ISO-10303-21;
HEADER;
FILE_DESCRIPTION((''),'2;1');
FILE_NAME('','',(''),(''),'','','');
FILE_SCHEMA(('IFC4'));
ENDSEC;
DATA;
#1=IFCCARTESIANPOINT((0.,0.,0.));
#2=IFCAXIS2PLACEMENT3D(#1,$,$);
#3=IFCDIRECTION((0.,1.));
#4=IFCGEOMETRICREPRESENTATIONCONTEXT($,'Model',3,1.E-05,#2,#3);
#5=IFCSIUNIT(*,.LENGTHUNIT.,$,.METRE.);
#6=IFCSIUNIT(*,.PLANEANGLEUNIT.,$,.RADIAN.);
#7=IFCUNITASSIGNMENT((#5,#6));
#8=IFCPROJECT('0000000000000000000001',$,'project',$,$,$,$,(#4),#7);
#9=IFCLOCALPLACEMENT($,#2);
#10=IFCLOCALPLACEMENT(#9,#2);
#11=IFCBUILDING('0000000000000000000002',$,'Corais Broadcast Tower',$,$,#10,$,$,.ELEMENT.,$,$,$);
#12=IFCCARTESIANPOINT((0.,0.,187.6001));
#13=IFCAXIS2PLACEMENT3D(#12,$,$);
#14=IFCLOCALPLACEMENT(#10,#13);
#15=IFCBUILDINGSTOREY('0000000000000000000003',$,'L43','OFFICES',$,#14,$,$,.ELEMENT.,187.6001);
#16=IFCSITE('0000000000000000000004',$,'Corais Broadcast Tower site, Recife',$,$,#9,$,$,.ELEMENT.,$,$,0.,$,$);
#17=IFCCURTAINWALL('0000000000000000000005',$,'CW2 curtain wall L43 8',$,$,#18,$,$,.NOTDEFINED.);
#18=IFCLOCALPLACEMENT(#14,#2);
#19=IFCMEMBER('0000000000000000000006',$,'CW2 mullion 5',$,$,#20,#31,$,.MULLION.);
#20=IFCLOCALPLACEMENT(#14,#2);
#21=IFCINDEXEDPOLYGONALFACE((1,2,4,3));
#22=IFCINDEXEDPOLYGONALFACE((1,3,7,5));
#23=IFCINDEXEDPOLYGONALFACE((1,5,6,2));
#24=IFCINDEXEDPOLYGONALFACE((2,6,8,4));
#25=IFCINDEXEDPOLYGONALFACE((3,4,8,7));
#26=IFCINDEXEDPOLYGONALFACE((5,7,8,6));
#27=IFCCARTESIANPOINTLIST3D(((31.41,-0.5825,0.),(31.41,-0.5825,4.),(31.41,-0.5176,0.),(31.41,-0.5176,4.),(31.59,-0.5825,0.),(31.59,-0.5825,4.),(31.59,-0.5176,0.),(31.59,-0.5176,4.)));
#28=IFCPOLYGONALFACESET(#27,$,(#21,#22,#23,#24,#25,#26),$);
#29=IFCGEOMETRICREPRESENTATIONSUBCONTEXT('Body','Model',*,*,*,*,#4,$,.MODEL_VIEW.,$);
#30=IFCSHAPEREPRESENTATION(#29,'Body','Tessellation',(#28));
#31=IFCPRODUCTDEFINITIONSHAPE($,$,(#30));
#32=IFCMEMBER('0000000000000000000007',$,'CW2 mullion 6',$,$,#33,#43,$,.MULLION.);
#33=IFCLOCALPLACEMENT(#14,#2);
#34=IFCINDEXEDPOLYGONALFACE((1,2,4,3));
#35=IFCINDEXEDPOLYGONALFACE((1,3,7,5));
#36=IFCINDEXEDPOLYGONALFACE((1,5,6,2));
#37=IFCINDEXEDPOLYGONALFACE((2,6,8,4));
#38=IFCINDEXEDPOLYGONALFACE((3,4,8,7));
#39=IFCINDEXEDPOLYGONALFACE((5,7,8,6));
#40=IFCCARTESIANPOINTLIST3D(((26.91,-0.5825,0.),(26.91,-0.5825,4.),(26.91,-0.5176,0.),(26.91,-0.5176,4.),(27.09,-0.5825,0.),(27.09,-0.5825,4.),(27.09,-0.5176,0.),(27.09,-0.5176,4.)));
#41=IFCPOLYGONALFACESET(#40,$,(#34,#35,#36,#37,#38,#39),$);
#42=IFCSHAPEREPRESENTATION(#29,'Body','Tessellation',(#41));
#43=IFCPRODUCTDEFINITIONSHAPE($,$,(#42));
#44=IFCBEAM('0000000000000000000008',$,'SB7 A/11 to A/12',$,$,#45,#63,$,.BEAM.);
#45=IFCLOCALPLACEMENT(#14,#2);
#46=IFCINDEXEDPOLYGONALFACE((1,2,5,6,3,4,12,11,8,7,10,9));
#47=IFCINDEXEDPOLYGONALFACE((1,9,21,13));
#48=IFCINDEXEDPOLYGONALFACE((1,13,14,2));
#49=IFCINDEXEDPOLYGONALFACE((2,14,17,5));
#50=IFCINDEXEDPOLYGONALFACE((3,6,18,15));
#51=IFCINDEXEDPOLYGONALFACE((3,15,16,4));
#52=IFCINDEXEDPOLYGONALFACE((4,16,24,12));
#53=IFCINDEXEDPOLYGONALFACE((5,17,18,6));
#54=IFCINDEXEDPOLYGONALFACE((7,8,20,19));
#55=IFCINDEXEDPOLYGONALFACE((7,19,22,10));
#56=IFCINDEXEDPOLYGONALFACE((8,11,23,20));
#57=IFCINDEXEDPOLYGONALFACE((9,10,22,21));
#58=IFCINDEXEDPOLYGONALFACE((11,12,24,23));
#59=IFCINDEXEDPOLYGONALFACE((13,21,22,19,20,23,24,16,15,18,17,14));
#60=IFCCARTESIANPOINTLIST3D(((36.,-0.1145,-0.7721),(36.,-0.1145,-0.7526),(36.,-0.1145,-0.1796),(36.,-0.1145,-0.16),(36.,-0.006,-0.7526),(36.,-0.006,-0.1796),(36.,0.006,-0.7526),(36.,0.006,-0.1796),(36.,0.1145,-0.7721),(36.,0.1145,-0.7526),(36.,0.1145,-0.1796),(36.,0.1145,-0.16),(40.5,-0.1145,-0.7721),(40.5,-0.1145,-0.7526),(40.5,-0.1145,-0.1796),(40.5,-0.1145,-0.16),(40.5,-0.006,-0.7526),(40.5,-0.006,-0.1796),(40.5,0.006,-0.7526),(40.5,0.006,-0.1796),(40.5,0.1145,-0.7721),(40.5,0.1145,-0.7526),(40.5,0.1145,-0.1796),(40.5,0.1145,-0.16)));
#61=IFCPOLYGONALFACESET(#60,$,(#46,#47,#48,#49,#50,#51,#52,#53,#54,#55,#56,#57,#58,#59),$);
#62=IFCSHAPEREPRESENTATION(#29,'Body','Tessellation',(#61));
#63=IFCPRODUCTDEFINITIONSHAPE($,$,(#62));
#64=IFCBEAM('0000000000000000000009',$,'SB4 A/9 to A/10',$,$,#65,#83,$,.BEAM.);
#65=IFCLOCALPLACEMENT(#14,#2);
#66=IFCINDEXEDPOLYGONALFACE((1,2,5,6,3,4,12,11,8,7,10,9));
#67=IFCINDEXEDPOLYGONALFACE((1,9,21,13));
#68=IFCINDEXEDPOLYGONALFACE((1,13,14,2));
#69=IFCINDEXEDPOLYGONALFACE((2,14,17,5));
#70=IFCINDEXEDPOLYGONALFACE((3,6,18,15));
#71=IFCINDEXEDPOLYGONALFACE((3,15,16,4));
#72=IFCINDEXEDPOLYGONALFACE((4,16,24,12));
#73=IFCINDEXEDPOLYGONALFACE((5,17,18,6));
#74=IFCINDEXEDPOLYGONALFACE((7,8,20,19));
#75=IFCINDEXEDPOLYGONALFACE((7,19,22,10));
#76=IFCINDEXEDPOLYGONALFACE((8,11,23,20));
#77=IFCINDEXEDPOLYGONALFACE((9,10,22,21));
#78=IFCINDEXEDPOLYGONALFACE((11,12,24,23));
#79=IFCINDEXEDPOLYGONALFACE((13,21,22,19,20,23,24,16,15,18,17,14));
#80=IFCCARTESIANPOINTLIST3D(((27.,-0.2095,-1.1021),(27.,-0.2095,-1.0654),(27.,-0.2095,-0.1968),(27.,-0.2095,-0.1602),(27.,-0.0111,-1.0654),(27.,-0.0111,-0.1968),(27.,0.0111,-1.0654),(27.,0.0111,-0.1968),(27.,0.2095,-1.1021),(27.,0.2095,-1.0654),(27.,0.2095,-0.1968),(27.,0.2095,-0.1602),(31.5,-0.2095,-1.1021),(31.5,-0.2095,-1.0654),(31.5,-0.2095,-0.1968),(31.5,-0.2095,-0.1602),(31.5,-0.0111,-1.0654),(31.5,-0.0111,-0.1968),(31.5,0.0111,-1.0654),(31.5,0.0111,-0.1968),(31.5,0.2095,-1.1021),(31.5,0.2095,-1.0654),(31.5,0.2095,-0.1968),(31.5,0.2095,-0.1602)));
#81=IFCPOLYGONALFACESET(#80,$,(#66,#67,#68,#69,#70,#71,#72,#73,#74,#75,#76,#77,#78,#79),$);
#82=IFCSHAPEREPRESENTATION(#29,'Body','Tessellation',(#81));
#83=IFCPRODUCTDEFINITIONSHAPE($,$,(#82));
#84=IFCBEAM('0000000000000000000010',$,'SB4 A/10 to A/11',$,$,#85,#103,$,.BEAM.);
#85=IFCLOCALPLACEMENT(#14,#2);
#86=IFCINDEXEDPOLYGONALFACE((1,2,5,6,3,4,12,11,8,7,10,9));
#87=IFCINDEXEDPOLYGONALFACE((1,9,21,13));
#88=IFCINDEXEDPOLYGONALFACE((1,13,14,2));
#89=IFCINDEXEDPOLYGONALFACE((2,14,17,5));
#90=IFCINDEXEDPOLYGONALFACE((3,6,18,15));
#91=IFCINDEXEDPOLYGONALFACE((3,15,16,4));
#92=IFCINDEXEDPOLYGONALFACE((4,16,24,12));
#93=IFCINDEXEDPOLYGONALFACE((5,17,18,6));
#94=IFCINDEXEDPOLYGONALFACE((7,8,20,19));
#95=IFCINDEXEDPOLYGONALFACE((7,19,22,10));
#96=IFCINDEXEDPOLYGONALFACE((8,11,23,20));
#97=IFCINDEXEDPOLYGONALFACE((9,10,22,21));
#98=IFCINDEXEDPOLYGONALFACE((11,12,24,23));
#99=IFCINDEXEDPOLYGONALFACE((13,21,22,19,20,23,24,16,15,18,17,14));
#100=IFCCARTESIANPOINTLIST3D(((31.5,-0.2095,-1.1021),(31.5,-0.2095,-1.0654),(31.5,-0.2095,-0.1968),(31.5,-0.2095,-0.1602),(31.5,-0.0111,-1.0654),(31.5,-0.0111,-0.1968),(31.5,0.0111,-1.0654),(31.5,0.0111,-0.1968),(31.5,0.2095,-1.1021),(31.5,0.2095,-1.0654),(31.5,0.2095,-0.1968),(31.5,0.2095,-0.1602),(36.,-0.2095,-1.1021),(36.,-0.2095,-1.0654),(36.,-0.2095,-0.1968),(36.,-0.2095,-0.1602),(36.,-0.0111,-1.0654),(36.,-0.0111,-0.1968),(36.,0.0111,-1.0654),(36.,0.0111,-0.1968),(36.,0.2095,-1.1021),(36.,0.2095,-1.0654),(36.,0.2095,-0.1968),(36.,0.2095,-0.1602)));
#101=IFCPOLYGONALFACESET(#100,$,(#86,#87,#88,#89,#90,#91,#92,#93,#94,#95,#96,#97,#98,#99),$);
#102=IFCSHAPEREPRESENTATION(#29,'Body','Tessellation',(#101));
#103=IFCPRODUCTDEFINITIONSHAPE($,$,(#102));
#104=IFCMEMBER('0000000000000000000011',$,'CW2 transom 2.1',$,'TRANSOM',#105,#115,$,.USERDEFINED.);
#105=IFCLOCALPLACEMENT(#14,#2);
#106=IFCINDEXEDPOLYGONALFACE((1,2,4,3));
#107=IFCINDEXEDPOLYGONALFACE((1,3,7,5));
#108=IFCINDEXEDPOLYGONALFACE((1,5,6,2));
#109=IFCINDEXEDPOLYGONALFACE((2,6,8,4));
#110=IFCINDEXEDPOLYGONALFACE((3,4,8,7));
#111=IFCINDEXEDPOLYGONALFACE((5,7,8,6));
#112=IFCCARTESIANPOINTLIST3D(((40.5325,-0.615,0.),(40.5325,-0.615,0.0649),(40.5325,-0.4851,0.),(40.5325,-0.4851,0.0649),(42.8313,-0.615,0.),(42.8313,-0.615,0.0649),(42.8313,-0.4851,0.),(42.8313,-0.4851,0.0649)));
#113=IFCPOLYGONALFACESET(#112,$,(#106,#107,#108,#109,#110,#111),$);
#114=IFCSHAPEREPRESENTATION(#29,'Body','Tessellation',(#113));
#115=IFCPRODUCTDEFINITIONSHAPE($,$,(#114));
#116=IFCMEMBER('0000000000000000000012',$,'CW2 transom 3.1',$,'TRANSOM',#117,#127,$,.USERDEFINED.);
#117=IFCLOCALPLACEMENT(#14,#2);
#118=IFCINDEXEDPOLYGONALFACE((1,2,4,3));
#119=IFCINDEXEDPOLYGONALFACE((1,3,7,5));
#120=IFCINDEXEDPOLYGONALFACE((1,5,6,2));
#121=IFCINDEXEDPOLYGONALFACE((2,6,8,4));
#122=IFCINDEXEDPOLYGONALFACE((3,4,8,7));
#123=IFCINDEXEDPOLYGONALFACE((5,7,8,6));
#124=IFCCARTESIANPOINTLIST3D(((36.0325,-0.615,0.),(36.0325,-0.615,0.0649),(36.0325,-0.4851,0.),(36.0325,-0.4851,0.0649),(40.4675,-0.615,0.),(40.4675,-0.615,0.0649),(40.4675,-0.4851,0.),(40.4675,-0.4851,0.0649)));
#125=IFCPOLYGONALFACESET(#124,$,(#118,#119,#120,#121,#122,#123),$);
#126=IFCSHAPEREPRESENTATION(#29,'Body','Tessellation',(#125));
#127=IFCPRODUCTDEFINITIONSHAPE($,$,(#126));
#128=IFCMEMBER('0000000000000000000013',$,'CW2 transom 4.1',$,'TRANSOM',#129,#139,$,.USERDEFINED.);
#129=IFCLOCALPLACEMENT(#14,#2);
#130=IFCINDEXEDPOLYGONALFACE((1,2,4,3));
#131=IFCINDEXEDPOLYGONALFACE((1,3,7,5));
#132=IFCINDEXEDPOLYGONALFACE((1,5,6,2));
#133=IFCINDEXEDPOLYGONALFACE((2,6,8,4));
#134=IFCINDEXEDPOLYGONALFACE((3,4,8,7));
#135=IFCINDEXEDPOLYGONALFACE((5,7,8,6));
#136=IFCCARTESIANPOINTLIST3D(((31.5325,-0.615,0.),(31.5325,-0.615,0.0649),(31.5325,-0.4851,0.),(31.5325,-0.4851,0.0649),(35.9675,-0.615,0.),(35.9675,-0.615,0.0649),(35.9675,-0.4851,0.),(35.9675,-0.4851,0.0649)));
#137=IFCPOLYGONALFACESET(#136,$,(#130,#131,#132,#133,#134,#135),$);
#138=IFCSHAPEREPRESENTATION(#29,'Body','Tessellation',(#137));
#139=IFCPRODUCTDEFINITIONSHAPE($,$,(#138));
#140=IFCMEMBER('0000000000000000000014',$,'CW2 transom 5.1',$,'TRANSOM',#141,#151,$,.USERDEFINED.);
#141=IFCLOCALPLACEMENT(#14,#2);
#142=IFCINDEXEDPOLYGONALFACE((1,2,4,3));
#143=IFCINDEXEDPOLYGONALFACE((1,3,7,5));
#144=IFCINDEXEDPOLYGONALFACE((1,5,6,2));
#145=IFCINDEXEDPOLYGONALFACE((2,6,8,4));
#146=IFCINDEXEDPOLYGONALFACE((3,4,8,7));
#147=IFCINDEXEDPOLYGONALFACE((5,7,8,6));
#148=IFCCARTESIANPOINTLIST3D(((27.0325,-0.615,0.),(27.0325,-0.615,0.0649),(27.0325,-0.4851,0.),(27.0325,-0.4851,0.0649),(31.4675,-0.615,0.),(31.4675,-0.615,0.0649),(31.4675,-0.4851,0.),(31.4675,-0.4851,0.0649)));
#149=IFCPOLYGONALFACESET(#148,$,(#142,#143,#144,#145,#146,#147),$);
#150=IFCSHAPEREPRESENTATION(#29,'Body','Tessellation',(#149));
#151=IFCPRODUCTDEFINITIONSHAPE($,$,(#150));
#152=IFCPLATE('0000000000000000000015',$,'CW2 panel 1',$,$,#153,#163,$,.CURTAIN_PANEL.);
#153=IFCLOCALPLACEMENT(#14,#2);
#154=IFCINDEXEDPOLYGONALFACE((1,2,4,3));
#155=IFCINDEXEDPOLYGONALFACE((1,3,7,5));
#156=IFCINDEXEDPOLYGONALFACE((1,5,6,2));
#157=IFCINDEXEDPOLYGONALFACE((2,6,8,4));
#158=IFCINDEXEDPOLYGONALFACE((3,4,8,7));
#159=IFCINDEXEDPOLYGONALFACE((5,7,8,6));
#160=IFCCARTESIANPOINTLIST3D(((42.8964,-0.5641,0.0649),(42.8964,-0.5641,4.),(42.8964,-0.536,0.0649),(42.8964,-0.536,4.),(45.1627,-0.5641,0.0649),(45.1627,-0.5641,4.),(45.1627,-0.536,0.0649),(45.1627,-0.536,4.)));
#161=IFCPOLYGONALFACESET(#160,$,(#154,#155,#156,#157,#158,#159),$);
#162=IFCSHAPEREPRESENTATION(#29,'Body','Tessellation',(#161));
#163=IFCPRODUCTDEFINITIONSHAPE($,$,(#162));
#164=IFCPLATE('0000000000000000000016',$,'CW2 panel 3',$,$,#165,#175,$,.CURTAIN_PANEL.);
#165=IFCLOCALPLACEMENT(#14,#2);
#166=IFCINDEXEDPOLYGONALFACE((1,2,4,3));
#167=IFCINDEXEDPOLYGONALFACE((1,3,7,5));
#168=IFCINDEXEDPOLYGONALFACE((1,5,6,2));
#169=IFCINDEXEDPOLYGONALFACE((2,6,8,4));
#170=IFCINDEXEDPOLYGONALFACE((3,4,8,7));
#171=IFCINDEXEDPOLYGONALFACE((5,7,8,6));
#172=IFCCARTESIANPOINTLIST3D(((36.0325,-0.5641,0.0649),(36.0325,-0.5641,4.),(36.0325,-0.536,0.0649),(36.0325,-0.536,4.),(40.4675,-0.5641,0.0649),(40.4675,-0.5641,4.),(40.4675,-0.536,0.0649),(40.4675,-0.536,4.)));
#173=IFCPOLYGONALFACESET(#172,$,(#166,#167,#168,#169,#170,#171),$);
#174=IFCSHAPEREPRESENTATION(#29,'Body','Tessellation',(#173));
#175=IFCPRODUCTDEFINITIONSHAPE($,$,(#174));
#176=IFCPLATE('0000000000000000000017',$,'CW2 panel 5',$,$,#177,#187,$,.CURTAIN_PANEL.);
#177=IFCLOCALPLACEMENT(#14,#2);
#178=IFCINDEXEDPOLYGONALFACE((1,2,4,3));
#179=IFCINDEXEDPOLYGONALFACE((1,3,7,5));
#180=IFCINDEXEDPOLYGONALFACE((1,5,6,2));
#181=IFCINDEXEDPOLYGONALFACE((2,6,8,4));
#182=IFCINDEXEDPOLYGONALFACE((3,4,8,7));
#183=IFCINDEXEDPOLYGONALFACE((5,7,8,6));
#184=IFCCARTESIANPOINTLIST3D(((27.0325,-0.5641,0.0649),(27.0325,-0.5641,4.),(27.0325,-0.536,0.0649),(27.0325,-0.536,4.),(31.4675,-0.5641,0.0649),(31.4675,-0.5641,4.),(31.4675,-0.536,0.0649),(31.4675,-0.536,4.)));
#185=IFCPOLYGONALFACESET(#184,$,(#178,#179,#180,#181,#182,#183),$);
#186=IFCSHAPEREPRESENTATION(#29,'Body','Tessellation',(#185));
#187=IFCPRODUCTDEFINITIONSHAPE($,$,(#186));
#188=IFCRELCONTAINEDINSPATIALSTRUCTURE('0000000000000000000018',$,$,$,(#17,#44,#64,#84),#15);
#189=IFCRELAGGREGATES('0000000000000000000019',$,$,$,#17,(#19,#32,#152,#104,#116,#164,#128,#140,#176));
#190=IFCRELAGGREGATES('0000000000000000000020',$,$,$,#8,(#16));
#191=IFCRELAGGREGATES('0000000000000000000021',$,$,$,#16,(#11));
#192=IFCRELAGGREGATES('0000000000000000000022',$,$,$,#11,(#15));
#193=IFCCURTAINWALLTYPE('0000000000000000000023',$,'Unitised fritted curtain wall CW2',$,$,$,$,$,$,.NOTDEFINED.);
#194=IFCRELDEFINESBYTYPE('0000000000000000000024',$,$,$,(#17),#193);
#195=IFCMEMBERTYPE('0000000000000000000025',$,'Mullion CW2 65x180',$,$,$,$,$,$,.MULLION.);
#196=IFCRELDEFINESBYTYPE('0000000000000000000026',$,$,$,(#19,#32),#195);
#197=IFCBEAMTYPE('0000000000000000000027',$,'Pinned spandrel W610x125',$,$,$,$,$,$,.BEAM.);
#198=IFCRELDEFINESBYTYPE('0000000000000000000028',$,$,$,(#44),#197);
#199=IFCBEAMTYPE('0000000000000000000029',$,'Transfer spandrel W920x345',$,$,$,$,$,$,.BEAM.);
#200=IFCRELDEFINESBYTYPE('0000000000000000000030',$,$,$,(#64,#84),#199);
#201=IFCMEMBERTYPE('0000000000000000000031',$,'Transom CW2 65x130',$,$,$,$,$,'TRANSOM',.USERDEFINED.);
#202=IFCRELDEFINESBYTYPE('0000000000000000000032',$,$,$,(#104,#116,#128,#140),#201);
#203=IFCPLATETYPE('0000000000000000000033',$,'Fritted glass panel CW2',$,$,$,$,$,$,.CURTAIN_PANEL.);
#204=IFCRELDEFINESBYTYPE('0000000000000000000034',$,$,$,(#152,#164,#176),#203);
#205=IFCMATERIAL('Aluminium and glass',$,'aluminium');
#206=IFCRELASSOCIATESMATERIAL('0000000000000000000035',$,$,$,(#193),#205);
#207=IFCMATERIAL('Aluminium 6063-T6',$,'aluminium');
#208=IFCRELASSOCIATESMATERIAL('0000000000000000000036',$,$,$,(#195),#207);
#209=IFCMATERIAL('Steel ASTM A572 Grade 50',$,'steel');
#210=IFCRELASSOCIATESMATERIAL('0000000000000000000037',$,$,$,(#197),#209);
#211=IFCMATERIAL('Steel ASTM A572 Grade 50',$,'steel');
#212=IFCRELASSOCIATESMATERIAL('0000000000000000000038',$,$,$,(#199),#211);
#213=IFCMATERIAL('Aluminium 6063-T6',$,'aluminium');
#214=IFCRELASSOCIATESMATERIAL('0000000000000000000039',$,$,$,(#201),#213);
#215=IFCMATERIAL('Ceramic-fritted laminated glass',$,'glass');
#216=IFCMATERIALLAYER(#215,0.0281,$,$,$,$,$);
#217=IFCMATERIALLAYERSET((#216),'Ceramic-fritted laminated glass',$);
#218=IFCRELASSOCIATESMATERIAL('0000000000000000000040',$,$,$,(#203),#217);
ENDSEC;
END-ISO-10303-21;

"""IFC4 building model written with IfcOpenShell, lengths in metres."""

from ifc_helpers import new_model, si_unit, direction, frame, origin, origin_2d, place, context, subcontext, project, spatial, rectangle, i_section, extrude, material, layer, layer_set, material_profile, profile_set, type_object, element, aggregate, save


model = new_model("IFC4")

# Units and contexts
model_context = context("Model", 3, precision=1e-05, world=origin(), true_north=direction((0.0, 1.0)))
body_context = subcontext(model_context, "Body", "Model", "MODEL_VIEW")
ifc_project = project(units=[si_unit("LENGTHUNIT", "METRE"), si_unit("PLANEANGLEUNIT", "RADIAN")], contexts=[model_context])

# Site, building, storey
site_placement = place(None, origin())
site = spatial("IfcSite", under=ifc_project, at=site_placement, Name="Corais Broadcast Tower site, Recife", CompositionType="ELEMENT", RefElevation=0.0)
building_placement = place(site_placement, origin())
building = spatial("IfcBuilding", under=site, at=building_placement, Name="Corais Broadcast Tower", CompositionType="ELEMENT")
storey_placement = place(building_placement, frame((0.0, 0.0, 187.6001)))
storey = spatial("IfcBuildingStorey", under=building, at=storey_placement, Name="L43", Description="OFFICES", CompositionType="ELEMENT", Elevation=187.6001)

# Curtain wall, members
ifc_material_1 = material(Name="Aluminium and glass", Category="aluminium")
curtain_wall_type = type_object("IfcCurtainWallType", Name="Unitised fritted curtain wall CW2", PredefinedType="NOTDEFINED", material=ifc_material_1)
curtain_wall_placement = place(storey_placement, origin())
curtain_wall = element("IfcCurtainWall", 1, at=curtain_wall_placement, inside=storey, type_object=curtain_wall_type, Name="CW2 curtain wall L43 8", PredefinedType="NOTDEFINED")
ifc_material_2 = material(Name="Aluminium 6063-T6", Category="aluminium")
ifc_material_profile_1 = material_profile(ifc_material_2, rectangle(XDim=0.0649, YDim=0.1799, at=origin_2d()), Name="Mullion CW2 65x180")
ifc_profile_set_1 = profile_set([ifc_material_profile_1], Name="Aluminium 6063-T6")
member_type_1 = type_object("IfcMemberType", Name="Mullion CW2 65x180", PredefinedType="MULLION", material=ifc_profile_set_1)
member_1_placement = place(storey_placement, frame((31.5, -0.55, 0.0), z_axis=(0.0, 0.0, 1.0), x_axis=(0.0, -1.0, 0.0)))
member_1 = element("IfcMember", 2, at=member_1_placement, type_object=member_type_1, Name="CW2 mullion 5", PredefinedType="MULLION", context=body_context, shape_type="SweptSolid", body=[
    extrude(rectangle(XDim=0.0649, YDim=0.1799, at=origin_2d()), origin(), (0.0, 0.0, 1.0), 4.0),
])
member_2_placement = place(storey_placement, frame((27.0, -0.55, 0.0), z_axis=(0.0, 0.0, 1.0), x_axis=(0.0, -1.0, 0.0)))
member_2 = element("IfcMember", 3, at=member_2_placement, type_object=member_type_1, Name="CW2 mullion 6", PredefinedType="MULLION", context=body_context, shape_type="SweptSolid", body=[
    extrude(rectangle(XDim=0.0649, YDim=0.1799, at=origin_2d()), origin(), (0.0, 0.0, 1.0), 4.0),
])

# Beams
ifc_material_3 = material(Name="Steel ASTM A572 Grade 50", Category="steel")
ifc_material_profile_2 = material_profile(ifc_material_3, i_section(OverallWidth=0.229, OverallDepth=0.6121, WebThickness=0.012, FlangeThickness=0.0195, at=origin_2d()), Name="W610x125")
ifc_profile_set_2 = profile_set([ifc_material_profile_2], Name="Steel ASTM A572 Grade 50")
beam_type_1 = type_object("IfcBeamType", Name="Pinned spandrel W610x125", PredefinedType="BEAM", material=ifc_profile_set_2)
beam_placement = place(storey_placement, frame((36.0, 0.0, -0.4661), z_axis=(1.0, 0.0, 0.0), x_axis=(0.0, 1.0, 0.0)))
element("IfcBeam", 4, at=beam_placement, inside=storey, type_object=beam_type_1, Name="SB7 A/11 to A/12", PredefinedType="BEAM", context=body_context, shape_type="SweptSolid", body=[
    extrude(i_section(OverallWidth=0.229, OverallDepth=0.6121, WebThickness=0.012, FlangeThickness=0.0195, at=origin_2d()), origin(), (0.0, 0.0, 1.0), 4.5),
])
ifc_material_4 = material(Name="Steel ASTM A572 Grade 50", Category="steel")
ifc_material_profile_3 = material_profile(ifc_material_4, i_section(OverallWidth=0.4189, OverallDepth=0.9419, WebThickness=0.0222, FlangeThickness=0.0366, at=origin_2d()), Name="W920x345")
ifc_profile_set_3 = profile_set([ifc_material_profile_3], Name="Steel ASTM A572 Grade 50")
beam_type_2 = type_object("IfcBeamType", Name="Transfer spandrel W920x345", PredefinedType="BEAM", material=ifc_profile_set_3)
for number, where, z_axis, x_axis, name in (
    (5, (27.0, 0.0, -0.6311), (1.0, 0.0, 0.0), (0.0, 1.0, 0.0), "SB4 A/9 to A/10"),
    (6, (31.5, 0.0, -0.6311), (1.0, 0.0, 0.0), (0.0, 1.0, 0.0), "SB4 A/10 to A/11"),
):
    element("IfcBeam", number, at=place(storey_placement, frame(where, z_axis=z_axis, x_axis=x_axis)), inside=storey, type_object=beam_type_2, Name=name, PredefinedType="BEAM", context=body_context, shape_type="SweptSolid", body=[
        extrude(i_section(OverallWidth=0.4189, OverallDepth=0.9419, WebThickness=0.0222, FlangeThickness=0.0366, at=origin_2d()), origin(), (0.0, 0.0, 1.0), 4.5),
    ])

# Members
ifc_material_5 = material(Name="Aluminium 6063-T6", Category="aluminium")
ifc_material_profile_4 = material_profile(ifc_material_5, rectangle(XDim=0.1299, YDim=0.0649, at=origin_2d()), Name="Transom CW2 65x130")
ifc_profile_set_4 = profile_set([ifc_material_profile_4], Name="Aluminium 6063-T6")
member_type_2 = type_object("IfcMemberType", Name="Transom CW2 65x130", ElementType="TRANSOM", PredefinedType="USERDEFINED", material=ifc_profile_set_4)
member_3_placement = place(storey_placement, frame((42.8313, -0.55, 0.0325), z_axis=(-1.0, 0.0, 0.0), x_axis=(0.0, -1.0, 0.0)))
member_3 = element("IfcMember", 7, at=member_3_placement, type_object=member_type_2, Name="CW2 transom 2.1", ObjectType="TRANSOM", PredefinedType="USERDEFINED", context=body_context, shape_type="SweptSolid", body=[
    extrude(rectangle(XDim=0.1299, YDim=0.0649, at=origin_2d()), origin(), (0.0, 0.0, 1.0), 2.2988),
])
member_4_placement = place(storey_placement, frame((40.4675, -0.55, 0.0325), z_axis=(-1.0, 0.0, 0.0), x_axis=(0.0, -1.0, 0.0)))
member_4 = element("IfcMember", 8, at=member_4_placement, type_object=member_type_2, Name="CW2 transom 3.1", ObjectType="TRANSOM", PredefinedType="USERDEFINED", context=body_context, shape_type="SweptSolid", body=[
    extrude(rectangle(XDim=0.1299, YDim=0.0649, at=origin_2d()), origin(), (0.0, 0.0, 1.0), 4.4351),
])
member_5_placement = place(storey_placement, frame((35.9675, -0.55, 0.0325), z_axis=(-1.0, 0.0, 0.0), x_axis=(0.0, -1.0, 0.0)))
member_5 = element("IfcMember", 9, at=member_5_placement, type_object=member_type_2, Name="CW2 transom 4.1", ObjectType="TRANSOM", PredefinedType="USERDEFINED", context=body_context, shape_type="SweptSolid", body=[
    extrude(rectangle(XDim=0.1299, YDim=0.0649, at=origin_2d()), origin(), (0.0, 0.0, 1.0), 4.4351),
])
member_6_placement = place(storey_placement, frame((31.4675, -0.55, 0.0325), z_axis=(-1.0, 0.0, 0.0), x_axis=(0.0, -1.0, 0.0)))
member_6 = element("IfcMember", 10, at=member_6_placement, type_object=member_type_2, Name="CW2 transom 5.1", ObjectType="TRANSOM", PredefinedType="USERDEFINED", context=body_context, shape_type="SweptSolid", body=[
    extrude(rectangle(XDim=0.1299, YDim=0.0649, at=origin_2d()), origin(), (0.0, 0.0, 1.0), 4.4351),
])

# Plates
ifc_material_6 = material(Name="Ceramic-fritted laminated glass", Category="glass")
ifc_layer_1 = layer(ifc_material_6, 0.0281)
ifc_layer_set_1 = layer_set([ifc_layer_1], Name="Ceramic-fritted laminated glass")
plate_type_1 = type_object("IfcPlateType", Name="Fritted glass panel CW2", PredefinedType="CURTAIN_PANEL", material=ifc_layer_set_1)
plate_1_placement = place(storey_placement, frame((44.0295, -0.55, 0.0649), z_axis=(0.0, 0.0, 1.0), x_axis=(-1.0, 0.0, 0.0)))
plate_1 = element("IfcPlate", 11, at=plate_1_placement, type_object=plate_type_1, Name="CW2 panel 1", PredefinedType="CURTAIN_PANEL", context=body_context, shape_type="SweptSolid", body=[
    extrude(rectangle(XDim=2.2664, YDim=0.0281, at=origin_2d()), origin(), (0.0, 0.0, 1.0), 3.9351),
])
plate_2_placement = place(storey_placement, frame((38.25, -0.55, 0.0649), z_axis=(0.0, 0.0, 1.0), x_axis=(-1.0, 0.0, 0.0)))
plate_2 = element("IfcPlate", 12, at=plate_2_placement, type_object=plate_type_1, Name="CW2 panel 3", PredefinedType="CURTAIN_PANEL", context=body_context, shape_type="SweptSolid", body=[
    extrude(rectangle(XDim=4.4351, YDim=0.0281, at=origin_2d()), origin(), (0.0, 0.0, 1.0), 3.9351),
])
plate_3_placement = place(storey_placement, frame((29.25, -0.55, 0.0649), z_axis=(0.0, 0.0, 1.0), x_axis=(-1.0, 0.0, 0.0)))
plate_3 = element("IfcPlate", 13, at=plate_3_placement, type_object=plate_type_1, Name="CW2 panel 5", PredefinedType="CURTAIN_PANEL", context=body_context, shape_type="SweptSolid", body=[
    extrude(rectangle(XDim=4.4351, YDim=0.0281, at=origin_2d()), origin(), (0.0, 0.0, 1.0), 3.9351),
])
aggregate(curtain_wall, [member_1, member_2, plate_1, member_3, member_4, plate_2, member_5, member_6, plate_3])

save(model, "model.ifc")
